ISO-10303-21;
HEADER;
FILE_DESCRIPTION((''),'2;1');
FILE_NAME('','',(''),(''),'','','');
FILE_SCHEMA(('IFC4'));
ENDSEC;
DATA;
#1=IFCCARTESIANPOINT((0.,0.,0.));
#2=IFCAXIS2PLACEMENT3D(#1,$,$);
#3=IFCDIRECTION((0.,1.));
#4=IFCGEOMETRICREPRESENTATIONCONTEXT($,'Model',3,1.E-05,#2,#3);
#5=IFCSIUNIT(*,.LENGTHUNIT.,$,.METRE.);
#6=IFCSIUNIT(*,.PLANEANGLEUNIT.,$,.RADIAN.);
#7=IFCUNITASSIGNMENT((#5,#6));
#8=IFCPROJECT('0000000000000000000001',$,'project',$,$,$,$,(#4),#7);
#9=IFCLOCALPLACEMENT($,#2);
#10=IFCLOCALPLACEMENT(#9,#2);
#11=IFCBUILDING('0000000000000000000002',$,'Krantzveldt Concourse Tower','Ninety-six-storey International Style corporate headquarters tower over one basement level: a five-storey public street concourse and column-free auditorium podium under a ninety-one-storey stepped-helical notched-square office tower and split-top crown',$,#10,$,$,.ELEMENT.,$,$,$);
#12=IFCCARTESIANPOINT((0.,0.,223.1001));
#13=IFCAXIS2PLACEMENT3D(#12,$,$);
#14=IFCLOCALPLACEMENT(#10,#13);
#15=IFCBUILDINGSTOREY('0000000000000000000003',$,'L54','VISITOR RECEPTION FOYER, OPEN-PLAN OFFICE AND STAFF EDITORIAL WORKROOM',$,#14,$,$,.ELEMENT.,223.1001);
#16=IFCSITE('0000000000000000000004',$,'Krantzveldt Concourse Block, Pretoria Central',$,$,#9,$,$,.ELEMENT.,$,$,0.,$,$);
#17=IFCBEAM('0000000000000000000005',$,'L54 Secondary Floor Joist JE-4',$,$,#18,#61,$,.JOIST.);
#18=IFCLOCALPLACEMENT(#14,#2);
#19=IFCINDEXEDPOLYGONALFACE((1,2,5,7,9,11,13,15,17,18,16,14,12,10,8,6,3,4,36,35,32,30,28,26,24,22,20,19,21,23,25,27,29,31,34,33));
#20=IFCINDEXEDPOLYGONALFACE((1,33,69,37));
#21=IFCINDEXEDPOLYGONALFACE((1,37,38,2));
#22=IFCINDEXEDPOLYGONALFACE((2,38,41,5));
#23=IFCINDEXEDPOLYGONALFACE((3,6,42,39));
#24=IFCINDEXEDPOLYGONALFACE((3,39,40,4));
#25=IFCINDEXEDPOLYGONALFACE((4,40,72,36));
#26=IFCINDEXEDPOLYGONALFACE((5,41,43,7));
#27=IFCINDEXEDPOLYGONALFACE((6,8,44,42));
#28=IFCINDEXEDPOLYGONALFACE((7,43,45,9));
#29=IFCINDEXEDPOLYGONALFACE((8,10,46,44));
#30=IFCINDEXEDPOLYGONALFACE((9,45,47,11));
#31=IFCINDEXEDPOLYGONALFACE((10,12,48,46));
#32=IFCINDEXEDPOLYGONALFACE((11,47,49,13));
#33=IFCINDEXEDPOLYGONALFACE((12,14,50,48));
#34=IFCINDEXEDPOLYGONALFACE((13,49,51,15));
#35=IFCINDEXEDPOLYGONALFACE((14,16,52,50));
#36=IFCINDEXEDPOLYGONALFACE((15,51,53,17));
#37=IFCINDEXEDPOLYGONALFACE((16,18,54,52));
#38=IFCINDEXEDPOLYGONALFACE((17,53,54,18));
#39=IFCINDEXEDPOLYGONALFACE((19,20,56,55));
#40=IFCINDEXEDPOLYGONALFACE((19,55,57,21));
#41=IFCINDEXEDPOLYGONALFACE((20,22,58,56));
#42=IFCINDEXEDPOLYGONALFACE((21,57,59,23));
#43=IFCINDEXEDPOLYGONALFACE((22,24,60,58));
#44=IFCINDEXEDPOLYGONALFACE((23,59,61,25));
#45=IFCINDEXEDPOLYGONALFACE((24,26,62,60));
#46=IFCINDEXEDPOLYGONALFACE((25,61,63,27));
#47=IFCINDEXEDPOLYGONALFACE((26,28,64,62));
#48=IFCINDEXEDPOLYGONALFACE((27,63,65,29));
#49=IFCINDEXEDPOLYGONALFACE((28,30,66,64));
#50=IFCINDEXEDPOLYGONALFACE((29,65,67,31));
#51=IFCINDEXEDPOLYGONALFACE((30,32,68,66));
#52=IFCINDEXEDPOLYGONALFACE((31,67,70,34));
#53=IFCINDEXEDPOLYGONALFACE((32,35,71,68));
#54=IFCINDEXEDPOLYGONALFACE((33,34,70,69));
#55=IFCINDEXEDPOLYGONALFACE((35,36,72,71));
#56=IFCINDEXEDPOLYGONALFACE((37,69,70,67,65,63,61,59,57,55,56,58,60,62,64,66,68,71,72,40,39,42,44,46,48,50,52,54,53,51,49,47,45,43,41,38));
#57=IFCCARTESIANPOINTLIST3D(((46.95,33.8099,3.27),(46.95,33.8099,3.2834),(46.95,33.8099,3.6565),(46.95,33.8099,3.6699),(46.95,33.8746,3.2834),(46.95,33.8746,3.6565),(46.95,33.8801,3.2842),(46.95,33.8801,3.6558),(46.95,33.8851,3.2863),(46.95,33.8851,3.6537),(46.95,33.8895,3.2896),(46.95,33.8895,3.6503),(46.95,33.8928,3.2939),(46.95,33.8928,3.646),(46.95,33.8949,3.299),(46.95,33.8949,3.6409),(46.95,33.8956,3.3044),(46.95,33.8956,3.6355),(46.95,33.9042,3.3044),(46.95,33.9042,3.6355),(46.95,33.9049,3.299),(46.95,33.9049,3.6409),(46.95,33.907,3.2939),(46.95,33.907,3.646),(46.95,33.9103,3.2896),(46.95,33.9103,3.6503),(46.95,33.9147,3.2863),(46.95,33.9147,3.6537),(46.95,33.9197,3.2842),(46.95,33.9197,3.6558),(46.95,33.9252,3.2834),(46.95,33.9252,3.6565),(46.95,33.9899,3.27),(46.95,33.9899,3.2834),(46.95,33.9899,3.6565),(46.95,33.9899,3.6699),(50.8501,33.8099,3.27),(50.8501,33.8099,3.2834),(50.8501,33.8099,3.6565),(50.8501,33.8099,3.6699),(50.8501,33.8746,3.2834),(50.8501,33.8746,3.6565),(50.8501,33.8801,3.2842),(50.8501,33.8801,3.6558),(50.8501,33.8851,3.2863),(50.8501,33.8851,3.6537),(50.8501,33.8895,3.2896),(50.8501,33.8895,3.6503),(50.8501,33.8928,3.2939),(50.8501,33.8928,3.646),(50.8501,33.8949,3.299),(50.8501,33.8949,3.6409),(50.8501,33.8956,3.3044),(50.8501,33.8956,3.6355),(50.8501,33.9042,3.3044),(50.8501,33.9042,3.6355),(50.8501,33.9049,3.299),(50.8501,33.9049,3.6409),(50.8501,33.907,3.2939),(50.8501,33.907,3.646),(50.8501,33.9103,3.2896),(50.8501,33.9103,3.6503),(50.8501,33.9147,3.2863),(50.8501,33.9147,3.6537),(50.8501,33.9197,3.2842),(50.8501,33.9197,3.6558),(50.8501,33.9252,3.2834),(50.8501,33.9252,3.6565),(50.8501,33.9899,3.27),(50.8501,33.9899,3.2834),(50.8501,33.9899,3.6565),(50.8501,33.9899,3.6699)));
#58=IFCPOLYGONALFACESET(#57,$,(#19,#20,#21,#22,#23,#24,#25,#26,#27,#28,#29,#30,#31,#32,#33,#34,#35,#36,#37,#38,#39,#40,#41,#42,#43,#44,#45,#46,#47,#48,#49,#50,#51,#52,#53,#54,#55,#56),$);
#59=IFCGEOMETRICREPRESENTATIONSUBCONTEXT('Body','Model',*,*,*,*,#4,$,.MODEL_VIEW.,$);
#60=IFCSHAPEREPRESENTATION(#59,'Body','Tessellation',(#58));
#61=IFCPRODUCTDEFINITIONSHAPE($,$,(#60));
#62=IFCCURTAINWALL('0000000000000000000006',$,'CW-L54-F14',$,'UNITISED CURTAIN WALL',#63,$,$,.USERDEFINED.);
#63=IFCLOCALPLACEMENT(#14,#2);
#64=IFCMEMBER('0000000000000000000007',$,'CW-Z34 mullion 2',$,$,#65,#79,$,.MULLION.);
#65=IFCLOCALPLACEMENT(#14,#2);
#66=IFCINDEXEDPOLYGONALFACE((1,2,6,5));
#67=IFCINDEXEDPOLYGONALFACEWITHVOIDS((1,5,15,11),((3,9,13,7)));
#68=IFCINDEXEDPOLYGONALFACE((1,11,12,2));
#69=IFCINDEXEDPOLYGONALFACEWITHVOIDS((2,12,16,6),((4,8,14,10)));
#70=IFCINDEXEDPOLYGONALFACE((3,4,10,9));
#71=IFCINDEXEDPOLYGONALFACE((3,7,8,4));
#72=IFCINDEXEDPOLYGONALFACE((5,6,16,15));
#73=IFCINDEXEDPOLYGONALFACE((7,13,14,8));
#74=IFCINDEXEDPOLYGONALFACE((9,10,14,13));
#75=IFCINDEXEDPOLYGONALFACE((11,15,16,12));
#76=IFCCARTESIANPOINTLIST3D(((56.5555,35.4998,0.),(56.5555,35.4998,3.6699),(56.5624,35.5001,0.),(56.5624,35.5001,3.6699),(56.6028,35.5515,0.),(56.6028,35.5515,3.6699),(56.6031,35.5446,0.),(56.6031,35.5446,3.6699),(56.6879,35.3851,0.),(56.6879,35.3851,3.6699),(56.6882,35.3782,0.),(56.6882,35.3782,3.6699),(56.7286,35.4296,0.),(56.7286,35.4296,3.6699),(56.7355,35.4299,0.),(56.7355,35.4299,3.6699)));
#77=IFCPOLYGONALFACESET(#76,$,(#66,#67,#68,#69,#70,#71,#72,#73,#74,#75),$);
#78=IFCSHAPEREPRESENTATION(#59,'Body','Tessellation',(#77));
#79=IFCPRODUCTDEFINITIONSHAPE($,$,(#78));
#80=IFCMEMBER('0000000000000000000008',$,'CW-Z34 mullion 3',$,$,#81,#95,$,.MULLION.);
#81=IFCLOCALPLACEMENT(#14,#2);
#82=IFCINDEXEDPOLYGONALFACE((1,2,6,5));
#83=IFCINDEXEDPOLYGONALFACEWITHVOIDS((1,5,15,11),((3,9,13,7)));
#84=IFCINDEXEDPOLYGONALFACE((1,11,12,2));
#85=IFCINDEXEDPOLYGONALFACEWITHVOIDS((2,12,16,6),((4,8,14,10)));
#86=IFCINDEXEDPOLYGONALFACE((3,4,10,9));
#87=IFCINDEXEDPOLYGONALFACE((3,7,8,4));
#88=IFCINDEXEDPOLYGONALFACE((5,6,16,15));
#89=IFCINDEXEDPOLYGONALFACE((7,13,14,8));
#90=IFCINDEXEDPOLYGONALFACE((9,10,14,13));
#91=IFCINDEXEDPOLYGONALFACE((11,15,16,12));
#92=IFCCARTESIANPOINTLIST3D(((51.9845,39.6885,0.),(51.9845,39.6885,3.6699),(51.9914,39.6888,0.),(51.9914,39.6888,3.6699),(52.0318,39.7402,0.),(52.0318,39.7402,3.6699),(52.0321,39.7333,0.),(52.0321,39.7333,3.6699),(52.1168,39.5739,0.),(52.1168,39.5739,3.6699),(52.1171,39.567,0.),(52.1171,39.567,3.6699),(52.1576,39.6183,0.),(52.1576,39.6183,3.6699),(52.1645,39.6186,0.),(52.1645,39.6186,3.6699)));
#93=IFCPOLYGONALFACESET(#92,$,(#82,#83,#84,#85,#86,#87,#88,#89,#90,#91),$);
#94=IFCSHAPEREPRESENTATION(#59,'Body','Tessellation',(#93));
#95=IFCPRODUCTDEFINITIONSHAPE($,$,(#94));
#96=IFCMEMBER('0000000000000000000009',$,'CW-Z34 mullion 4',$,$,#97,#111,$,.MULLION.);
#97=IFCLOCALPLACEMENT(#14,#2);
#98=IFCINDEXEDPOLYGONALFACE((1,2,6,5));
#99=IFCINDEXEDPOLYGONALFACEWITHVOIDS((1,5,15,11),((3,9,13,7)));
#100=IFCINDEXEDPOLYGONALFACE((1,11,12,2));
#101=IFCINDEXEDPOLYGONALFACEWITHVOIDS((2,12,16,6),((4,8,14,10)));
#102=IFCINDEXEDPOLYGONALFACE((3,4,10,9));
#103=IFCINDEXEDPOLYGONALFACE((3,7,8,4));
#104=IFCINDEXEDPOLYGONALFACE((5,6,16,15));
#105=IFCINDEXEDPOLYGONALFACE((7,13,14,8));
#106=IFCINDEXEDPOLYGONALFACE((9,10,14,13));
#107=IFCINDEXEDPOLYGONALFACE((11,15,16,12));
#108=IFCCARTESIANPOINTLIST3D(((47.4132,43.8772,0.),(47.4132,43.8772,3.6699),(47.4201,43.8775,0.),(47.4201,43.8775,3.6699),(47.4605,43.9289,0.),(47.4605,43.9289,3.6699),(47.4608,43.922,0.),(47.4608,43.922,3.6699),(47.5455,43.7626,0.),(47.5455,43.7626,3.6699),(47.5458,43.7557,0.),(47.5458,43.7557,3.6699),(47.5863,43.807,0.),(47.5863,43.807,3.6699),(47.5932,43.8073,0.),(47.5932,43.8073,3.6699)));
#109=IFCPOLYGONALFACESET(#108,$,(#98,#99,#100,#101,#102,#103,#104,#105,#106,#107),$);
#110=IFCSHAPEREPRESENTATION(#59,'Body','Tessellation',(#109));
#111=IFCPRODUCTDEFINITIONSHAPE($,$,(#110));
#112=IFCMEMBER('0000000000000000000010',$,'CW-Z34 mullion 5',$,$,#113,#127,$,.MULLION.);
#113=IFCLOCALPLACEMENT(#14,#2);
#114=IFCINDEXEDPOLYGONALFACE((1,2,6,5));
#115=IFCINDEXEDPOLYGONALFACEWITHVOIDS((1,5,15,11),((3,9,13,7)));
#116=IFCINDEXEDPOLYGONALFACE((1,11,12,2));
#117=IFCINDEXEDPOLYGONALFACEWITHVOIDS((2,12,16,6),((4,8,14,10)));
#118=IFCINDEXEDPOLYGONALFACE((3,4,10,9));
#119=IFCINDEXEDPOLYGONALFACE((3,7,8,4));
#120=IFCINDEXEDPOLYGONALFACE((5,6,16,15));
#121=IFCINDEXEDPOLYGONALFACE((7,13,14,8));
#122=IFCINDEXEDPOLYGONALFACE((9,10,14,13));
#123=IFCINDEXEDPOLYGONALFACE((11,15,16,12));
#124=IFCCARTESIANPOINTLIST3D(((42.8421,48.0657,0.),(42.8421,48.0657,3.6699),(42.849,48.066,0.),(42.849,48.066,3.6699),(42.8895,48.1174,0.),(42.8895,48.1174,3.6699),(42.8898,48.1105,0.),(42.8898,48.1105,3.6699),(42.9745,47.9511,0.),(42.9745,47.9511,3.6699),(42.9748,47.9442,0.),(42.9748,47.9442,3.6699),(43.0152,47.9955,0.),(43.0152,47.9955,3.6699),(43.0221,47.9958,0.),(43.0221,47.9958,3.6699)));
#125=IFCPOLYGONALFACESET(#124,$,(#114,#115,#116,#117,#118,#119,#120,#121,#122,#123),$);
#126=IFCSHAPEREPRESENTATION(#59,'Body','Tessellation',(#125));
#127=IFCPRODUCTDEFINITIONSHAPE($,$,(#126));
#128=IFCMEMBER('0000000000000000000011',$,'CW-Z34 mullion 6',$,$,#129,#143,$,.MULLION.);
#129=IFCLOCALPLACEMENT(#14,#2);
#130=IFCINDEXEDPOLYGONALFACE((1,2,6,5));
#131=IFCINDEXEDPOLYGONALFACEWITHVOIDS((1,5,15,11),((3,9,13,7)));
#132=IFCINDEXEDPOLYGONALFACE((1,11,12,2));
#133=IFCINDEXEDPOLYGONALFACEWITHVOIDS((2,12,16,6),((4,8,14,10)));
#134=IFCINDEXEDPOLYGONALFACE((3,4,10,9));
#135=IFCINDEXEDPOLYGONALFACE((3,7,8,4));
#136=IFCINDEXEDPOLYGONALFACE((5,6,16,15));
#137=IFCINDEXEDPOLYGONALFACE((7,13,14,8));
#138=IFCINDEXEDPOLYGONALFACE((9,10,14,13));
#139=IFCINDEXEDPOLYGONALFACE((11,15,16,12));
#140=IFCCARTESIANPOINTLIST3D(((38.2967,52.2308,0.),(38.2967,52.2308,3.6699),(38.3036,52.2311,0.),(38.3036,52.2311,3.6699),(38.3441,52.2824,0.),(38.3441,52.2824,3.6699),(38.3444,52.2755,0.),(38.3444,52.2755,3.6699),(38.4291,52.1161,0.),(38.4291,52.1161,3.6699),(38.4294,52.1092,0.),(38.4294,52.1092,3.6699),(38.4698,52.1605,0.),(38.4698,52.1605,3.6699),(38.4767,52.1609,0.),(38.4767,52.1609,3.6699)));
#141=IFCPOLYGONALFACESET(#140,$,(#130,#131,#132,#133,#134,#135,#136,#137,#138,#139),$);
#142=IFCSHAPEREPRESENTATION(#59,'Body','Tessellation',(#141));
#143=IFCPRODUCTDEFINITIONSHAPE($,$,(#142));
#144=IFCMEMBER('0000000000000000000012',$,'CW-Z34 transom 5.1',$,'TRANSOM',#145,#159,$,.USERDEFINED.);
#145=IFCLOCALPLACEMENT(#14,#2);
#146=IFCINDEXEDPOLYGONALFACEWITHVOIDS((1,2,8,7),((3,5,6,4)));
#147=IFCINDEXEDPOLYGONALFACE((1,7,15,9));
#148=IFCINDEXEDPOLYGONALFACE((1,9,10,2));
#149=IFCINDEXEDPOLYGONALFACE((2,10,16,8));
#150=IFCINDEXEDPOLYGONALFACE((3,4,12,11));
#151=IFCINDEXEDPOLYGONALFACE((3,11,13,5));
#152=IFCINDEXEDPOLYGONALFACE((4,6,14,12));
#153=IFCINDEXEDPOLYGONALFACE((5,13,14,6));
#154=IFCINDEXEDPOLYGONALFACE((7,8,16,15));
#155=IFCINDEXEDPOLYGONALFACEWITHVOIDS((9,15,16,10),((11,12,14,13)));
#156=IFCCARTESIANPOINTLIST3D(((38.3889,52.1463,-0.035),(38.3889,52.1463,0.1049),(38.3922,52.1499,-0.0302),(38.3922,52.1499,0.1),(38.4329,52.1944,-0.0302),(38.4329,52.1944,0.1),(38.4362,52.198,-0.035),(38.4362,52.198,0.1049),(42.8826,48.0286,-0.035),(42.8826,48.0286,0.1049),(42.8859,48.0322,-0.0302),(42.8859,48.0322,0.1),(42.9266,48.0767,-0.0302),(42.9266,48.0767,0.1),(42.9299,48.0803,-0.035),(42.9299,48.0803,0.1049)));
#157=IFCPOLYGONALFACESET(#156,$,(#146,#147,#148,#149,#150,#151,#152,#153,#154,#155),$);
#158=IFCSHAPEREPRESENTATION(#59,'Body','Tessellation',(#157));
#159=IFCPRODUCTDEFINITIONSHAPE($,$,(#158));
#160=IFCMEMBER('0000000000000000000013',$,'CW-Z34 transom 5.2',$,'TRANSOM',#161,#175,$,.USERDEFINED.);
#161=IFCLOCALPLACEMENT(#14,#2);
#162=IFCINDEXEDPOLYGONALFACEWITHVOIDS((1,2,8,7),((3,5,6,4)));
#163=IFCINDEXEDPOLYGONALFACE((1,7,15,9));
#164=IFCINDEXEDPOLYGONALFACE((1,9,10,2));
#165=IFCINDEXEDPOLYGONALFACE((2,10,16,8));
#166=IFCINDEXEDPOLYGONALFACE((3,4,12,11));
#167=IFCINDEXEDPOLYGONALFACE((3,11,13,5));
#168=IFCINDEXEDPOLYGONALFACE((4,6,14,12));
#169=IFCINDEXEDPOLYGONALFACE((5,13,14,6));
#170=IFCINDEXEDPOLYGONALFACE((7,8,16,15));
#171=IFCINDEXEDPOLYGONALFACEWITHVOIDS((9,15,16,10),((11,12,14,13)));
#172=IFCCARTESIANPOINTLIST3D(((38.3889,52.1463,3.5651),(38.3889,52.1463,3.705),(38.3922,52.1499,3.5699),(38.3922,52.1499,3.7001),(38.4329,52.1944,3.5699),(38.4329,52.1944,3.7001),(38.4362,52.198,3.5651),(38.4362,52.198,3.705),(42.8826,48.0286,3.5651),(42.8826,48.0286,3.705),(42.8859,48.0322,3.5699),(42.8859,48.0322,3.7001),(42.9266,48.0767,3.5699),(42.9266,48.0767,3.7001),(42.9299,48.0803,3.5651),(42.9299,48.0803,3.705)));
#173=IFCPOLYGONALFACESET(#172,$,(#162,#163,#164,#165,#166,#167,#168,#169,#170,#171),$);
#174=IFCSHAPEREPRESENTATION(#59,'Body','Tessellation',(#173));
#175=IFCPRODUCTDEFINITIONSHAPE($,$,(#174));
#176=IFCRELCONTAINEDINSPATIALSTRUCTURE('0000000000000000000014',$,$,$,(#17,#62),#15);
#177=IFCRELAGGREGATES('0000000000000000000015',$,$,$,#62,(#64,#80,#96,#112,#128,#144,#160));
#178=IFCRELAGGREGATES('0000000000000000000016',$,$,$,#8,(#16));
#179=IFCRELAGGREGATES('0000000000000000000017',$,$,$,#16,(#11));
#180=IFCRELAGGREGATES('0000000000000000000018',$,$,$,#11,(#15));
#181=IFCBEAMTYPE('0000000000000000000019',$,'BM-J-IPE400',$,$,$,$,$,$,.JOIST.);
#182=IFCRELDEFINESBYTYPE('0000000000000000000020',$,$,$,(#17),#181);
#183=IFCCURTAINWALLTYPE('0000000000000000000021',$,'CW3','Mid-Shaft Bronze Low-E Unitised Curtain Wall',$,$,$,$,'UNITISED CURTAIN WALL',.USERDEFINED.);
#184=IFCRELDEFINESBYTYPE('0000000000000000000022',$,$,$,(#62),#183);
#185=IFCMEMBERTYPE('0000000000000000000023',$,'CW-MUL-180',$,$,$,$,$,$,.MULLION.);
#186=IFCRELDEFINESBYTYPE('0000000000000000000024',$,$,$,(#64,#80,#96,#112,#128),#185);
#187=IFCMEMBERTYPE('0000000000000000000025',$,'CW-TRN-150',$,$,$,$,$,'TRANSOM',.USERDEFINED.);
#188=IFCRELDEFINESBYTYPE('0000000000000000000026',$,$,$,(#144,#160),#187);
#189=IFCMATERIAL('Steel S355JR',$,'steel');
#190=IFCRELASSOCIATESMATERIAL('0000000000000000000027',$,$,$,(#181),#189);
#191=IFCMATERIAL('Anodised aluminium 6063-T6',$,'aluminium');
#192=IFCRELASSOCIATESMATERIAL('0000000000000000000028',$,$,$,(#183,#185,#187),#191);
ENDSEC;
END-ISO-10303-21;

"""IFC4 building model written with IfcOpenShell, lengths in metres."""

from ifc_helpers import new_model, si_unit, direction, frame, origin, origin_2d, place, context, subcontext, project, spatial, hollow_rectangle, i_section, extrude, source, transform, mapped, material, material_profile, profile_set, type_object, type_shapes, element, aggregate, save


model = new_model("IFC4")

# Units and contexts
model_context = context("Model", 3, precision=1e-05, world=origin(), true_north=direction((0.0, 1.0)))
body_context = subcontext(model_context, "Body", "Model", "MODEL_VIEW")
ifc_project = project(units=[si_unit("LENGTHUNIT", "METRE"), si_unit("PLANEANGLEUNIT", "RADIAN")], contexts=[model_context])

# Site, building, storey
site_placement = place(None, origin())
site = spatial("IfcSite", under=ifc_project, at=site_placement, Name="Krantzveldt Concourse Block, Pretoria Central", CompositionType="ELEMENT", RefElevation=0.0)
building_placement = place(site_placement, origin())
building = spatial("IfcBuilding", under=site, at=building_placement, Name="Krantzveldt Concourse Tower", Description="Ninety-six-storey International Style corporate headquarters tower over one basement level: a five-storey public street concourse and column-free auditorium podium under a ninety-one-storey stepped-helical notched-square office tower and split-top crown", CompositionType="ELEMENT")
storey_placement = place(building_placement, frame((0.0, 0.0, 223.1001)))
storey = spatial("IfcBuildingStorey", under=building, at=storey_placement, Name="L54", Description="VISITOR RECEPTION FOYER, OPEN-PLAN OFFICE AND STAFF EDITORIAL WORKROOM", CompositionType="ELEMENT", Elevation=223.1001)

# Beam
ifc_material_1 = material(Name="Steel S355JR", Category="steel")
ifc_material_profile_1 = material_profile(ifc_material_1, i_section(OverallWidth=0.1799, OverallDepth=0.3999, WebThickness=0.0085, FlangeThickness=0.0134, FilletRadius=0.021, at=origin_2d()), Name="Steel S355JR", Category="steel")
ifc_profile_set_1 = profile_set([ifc_material_profile_1], Name="Steel S355JR - IPE 400")
beam_type_1 = type_object("IfcBeamType", Name="BM-J-IPE400", PredefinedType="JOIST", material=ifc_profile_set_1)
shared_shape_1 = source(origin(), body_context, "Body", "SweptSolid", [
    extrude(i_section(OverallWidth=0.1799, OverallDepth=0.3999, WebThickness=0.0085, FlangeThickness=0.0134, FilletRadius=0.021, at=origin_2d()), origin(), (0.0, 0.0, 1.0), 3.9001),
])
type_shapes(beam_type_1, [shared_shape_1])
beam_1_placement = place(storey_placement, frame((46.95, 33.8999, 3.47), z_axis=(1.0, 0.0, 0.0), x_axis=(0.0, 1.0, 0.0)))
element("IfcBeam", 1, at=beam_1_placement, inside=storey, type_object=beam_type_1, Name="L54 Secondary Floor Joist JE-4", PredefinedType="JOIST", context=body_context, shape_type="MappedRepresentation", body=[
    mapped(shared_shape_1, transform((0.0, 0.0, 0.0), x_axis=(1.0, 0.0, 0.0), y_axis=(0.0, 1.0, 0.0), z_axis=(0.0, 0.0, 1.0), scale=1.0)),
])

# Curtain wall, members
ifc_material_2 = material(Name="Anodised aluminium 6063-T6", Category="aluminium")
curtain_wall_type = type_object("IfcCurtainWallType", Name="CW3", Description="Mid-Shaft Bronze Low-E Unitised Curtain Wall", ElementType="UNITISED CURTAIN WALL", PredefinedType="USERDEFINED", material=ifc_material_2)
curtain_wall_placement = place(storey_placement, origin())
curtain_wall = element("IfcCurtainWall", 2, at=curtain_wall_placement, inside=storey, type_object=curtain_wall_type, Name="CW-L54-F14", ObjectType="UNITISED CURTAIN WALL", PredefinedType="USERDEFINED")
ifc_material_profile_2 = material_profile(ifc_material_2, hollow_rectangle(XDim=0.0701, YDim=0.1799, WallThickness=0.0049, at=origin_2d()), Name="Anodised aluminium 6063-T6", Category="aluminium")
ifc_profile_set_2 = profile_set([ifc_material_profile_2], Name="Anodised aluminium 6063-T6 - ALU-MULL 180x70x5")
member_type_1 = type_object("IfcMemberType", Name="CW-MUL-180", PredefinedType="MULLION", material=ifc_profile_set_2)
shared_shape_2 = source(origin(), body_context, "Body", "SweptSolid", [
    extrude(hollow_rectangle(XDim=0.0701, YDim=0.1799, WallThickness=0.0049, at=origin_2d()), origin(), (0.0, 0.0, 1.0), 3.6699),
])
type_shapes(member_type_1, [shared_shape_2])
member_1_placement = place(storey_placement, frame((56.6455, 35.4648, 0.0), z_axis=(0.0, 0.0, 1.0), x_axis=(-0.67559, -0.737277, 0.0)))
member_1 = element("IfcMember", 3, at=member_1_placement, type_object=member_type_1, Name="CW-Z34 mullion 2", PredefinedType="MULLION", context=body_context, shape_type="MappedRepresentation", body=[
    mapped(shared_shape_2, transform((0.0, 0.0, 0.0), x_axis=(1.0, 0.0, 0.0), y_axis=(0.0, 1.0, 0.0), z_axis=(0.0, 0.0, 1.0), scale=1.0)),
])
member_2_placement = place(storey_placement, frame((52.0745, 39.6536, 0.0), z_axis=(0.0, 0.0, 1.0), x_axis=(-0.67559, -0.737277, 0.0)))
member_2 = element("IfcMember", 4, at=member_2_placement, type_object=member_type_1, Name="CW-Z34 mullion 3", PredefinedType="MULLION", context=body_context, shape_type="MappedRepresentation", body=[
    mapped(shared_shape_2, transform((0.0, 0.0, 0.0), x_axis=(1.0, 0.0, 0.0), y_axis=(0.0, 1.0, 0.0), z_axis=(0.0, 0.0, 1.0), scale=1.0)),
])
member_3_placement = place(storey_placement, frame((47.5032, 43.8423, 0.0), z_axis=(0.0, 0.0, 1.0), x_axis=(-0.67559, -0.737277, 0.0)))
member_3 = element("IfcMember", 5, at=member_3_placement, type_object=member_type_1, Name="CW-Z34 mullion 4", PredefinedType="MULLION", context=body_context, shape_type="MappedRepresentation", body=[
    mapped(shared_shape_2, transform((0.0, 0.0, 0.0), x_axis=(1.0, 0.0, 0.0), y_axis=(0.0, 1.0, 0.0), z_axis=(0.0, 0.0, 1.0), scale=1.0)),
])
member_4_placement = place(storey_placement, frame((42.9321, 48.0308, 0.0), z_axis=(0.0, 0.0, 1.0), x_axis=(-0.67559, -0.737277, 0.0)))
member_4 = element("IfcMember", 6, at=member_4_placement, type_object=member_type_1, Name="CW-Z34 mullion 5", PredefinedType="MULLION", context=body_context, shape_type="MappedRepresentation", body=[
    mapped(shared_shape_2, transform((0.0, 0.0, 0.0), x_axis=(1.0, 0.0, 0.0), y_axis=(0.0, 1.0, 0.0), z_axis=(0.0, 0.0, 1.0), scale=1.0)),
])
member_5_placement = place(storey_placement, frame((38.3867, 52.1958, 0.0), z_axis=(0.0, 0.0, 1.0), x_axis=(-0.67559, -0.737277, 0.0)))
member_5 = element("IfcMember", 7, at=member_5_placement, type_object=member_type_1, Name="CW-Z34 mullion 6", PredefinedType="MULLION", context=body_context, shape_type="MappedRepresentation", body=[
    mapped(shared_shape_2, transform((0.0, 0.0, 0.0), x_axis=(1.0, 0.0, 0.0), y_axis=(0.0, 1.0, 0.0), z_axis=(0.0, 0.0, 1.0), scale=1.0)),
])
ifc_material_profile_3 = material_profile(ifc_material_2, hollow_rectangle(XDim=0.0701, YDim=0.1399, WallThickness=0.0049, at=origin_2d()), Name="Anodised aluminium 6063-T6", Category="aluminium")
ifc_profile_set_3 = profile_set([ifc_material_profile_3], Name="Anodised aluminium 6063-T6 - ALU-TRAN 140x70x5")
member_type_2 = type_object("IfcMemberType", Name="CW-TRN-150", ElementType="TRANSOM", PredefinedType="USERDEFINED", material=ifc_profile_set_3)
shared_shape_3 = source(origin(), body_context, "Body", "SweptSolid", [
    extrude(hollow_rectangle(XDim=0.0701, YDim=0.1399, WallThickness=0.0049, at=origin_2d()), origin(), (0.0, 0.0, 1.0), 6.095),
])
member_6_placement = place(storey_placement, frame((42.9062, 48.0544, 0.0349), z_axis=(-0.737277, 0.67559, 0.0), x_axis=(-0.67559, -0.737277, 0.0)))
member_6 = element("IfcMember", 8, at=member_6_placement, type_object=member_type_2, Name="CW-Z34 transom 5.1", ObjectType="TRANSOM", PredefinedType="USERDEFINED", context=body_context, shape_type="MappedRepresentation", body=[
    mapped(shared_shape_3, transform((0.0, 0.0, 0.0), x_axis=(1.0, 0.0, 0.0), y_axis=(0.0, 1.0, 0.0), z_axis=(0.0, 0.0, 1.0), scale=1.0)),
])
member_7_placement = place(storey_placement, frame((42.9062, 48.0544, 3.635), z_axis=(-0.737277, 0.67559, 0.0), x_axis=(-0.67559, -0.737277, 0.0)))
member_7 = element("IfcMember", 9, at=member_7_placement, type_object=member_type_2, Name="CW-Z34 transom 5.2", ObjectType="TRANSOM", PredefinedType="USERDEFINED", context=body_context, shape_type="MappedRepresentation", body=[
    mapped(shared_shape_3, transform((0.0, 0.0, 0.0), x_axis=(1.0, 0.0, 0.0), y_axis=(0.0, 1.0, 0.0), z_axis=(0.0, 0.0, 1.0), scale=1.0)),
])
aggregate(curtain_wall, [member_1, member_2, member_3, member_4, member_5, member_6, member_7])

save(model, "model.ifc")
